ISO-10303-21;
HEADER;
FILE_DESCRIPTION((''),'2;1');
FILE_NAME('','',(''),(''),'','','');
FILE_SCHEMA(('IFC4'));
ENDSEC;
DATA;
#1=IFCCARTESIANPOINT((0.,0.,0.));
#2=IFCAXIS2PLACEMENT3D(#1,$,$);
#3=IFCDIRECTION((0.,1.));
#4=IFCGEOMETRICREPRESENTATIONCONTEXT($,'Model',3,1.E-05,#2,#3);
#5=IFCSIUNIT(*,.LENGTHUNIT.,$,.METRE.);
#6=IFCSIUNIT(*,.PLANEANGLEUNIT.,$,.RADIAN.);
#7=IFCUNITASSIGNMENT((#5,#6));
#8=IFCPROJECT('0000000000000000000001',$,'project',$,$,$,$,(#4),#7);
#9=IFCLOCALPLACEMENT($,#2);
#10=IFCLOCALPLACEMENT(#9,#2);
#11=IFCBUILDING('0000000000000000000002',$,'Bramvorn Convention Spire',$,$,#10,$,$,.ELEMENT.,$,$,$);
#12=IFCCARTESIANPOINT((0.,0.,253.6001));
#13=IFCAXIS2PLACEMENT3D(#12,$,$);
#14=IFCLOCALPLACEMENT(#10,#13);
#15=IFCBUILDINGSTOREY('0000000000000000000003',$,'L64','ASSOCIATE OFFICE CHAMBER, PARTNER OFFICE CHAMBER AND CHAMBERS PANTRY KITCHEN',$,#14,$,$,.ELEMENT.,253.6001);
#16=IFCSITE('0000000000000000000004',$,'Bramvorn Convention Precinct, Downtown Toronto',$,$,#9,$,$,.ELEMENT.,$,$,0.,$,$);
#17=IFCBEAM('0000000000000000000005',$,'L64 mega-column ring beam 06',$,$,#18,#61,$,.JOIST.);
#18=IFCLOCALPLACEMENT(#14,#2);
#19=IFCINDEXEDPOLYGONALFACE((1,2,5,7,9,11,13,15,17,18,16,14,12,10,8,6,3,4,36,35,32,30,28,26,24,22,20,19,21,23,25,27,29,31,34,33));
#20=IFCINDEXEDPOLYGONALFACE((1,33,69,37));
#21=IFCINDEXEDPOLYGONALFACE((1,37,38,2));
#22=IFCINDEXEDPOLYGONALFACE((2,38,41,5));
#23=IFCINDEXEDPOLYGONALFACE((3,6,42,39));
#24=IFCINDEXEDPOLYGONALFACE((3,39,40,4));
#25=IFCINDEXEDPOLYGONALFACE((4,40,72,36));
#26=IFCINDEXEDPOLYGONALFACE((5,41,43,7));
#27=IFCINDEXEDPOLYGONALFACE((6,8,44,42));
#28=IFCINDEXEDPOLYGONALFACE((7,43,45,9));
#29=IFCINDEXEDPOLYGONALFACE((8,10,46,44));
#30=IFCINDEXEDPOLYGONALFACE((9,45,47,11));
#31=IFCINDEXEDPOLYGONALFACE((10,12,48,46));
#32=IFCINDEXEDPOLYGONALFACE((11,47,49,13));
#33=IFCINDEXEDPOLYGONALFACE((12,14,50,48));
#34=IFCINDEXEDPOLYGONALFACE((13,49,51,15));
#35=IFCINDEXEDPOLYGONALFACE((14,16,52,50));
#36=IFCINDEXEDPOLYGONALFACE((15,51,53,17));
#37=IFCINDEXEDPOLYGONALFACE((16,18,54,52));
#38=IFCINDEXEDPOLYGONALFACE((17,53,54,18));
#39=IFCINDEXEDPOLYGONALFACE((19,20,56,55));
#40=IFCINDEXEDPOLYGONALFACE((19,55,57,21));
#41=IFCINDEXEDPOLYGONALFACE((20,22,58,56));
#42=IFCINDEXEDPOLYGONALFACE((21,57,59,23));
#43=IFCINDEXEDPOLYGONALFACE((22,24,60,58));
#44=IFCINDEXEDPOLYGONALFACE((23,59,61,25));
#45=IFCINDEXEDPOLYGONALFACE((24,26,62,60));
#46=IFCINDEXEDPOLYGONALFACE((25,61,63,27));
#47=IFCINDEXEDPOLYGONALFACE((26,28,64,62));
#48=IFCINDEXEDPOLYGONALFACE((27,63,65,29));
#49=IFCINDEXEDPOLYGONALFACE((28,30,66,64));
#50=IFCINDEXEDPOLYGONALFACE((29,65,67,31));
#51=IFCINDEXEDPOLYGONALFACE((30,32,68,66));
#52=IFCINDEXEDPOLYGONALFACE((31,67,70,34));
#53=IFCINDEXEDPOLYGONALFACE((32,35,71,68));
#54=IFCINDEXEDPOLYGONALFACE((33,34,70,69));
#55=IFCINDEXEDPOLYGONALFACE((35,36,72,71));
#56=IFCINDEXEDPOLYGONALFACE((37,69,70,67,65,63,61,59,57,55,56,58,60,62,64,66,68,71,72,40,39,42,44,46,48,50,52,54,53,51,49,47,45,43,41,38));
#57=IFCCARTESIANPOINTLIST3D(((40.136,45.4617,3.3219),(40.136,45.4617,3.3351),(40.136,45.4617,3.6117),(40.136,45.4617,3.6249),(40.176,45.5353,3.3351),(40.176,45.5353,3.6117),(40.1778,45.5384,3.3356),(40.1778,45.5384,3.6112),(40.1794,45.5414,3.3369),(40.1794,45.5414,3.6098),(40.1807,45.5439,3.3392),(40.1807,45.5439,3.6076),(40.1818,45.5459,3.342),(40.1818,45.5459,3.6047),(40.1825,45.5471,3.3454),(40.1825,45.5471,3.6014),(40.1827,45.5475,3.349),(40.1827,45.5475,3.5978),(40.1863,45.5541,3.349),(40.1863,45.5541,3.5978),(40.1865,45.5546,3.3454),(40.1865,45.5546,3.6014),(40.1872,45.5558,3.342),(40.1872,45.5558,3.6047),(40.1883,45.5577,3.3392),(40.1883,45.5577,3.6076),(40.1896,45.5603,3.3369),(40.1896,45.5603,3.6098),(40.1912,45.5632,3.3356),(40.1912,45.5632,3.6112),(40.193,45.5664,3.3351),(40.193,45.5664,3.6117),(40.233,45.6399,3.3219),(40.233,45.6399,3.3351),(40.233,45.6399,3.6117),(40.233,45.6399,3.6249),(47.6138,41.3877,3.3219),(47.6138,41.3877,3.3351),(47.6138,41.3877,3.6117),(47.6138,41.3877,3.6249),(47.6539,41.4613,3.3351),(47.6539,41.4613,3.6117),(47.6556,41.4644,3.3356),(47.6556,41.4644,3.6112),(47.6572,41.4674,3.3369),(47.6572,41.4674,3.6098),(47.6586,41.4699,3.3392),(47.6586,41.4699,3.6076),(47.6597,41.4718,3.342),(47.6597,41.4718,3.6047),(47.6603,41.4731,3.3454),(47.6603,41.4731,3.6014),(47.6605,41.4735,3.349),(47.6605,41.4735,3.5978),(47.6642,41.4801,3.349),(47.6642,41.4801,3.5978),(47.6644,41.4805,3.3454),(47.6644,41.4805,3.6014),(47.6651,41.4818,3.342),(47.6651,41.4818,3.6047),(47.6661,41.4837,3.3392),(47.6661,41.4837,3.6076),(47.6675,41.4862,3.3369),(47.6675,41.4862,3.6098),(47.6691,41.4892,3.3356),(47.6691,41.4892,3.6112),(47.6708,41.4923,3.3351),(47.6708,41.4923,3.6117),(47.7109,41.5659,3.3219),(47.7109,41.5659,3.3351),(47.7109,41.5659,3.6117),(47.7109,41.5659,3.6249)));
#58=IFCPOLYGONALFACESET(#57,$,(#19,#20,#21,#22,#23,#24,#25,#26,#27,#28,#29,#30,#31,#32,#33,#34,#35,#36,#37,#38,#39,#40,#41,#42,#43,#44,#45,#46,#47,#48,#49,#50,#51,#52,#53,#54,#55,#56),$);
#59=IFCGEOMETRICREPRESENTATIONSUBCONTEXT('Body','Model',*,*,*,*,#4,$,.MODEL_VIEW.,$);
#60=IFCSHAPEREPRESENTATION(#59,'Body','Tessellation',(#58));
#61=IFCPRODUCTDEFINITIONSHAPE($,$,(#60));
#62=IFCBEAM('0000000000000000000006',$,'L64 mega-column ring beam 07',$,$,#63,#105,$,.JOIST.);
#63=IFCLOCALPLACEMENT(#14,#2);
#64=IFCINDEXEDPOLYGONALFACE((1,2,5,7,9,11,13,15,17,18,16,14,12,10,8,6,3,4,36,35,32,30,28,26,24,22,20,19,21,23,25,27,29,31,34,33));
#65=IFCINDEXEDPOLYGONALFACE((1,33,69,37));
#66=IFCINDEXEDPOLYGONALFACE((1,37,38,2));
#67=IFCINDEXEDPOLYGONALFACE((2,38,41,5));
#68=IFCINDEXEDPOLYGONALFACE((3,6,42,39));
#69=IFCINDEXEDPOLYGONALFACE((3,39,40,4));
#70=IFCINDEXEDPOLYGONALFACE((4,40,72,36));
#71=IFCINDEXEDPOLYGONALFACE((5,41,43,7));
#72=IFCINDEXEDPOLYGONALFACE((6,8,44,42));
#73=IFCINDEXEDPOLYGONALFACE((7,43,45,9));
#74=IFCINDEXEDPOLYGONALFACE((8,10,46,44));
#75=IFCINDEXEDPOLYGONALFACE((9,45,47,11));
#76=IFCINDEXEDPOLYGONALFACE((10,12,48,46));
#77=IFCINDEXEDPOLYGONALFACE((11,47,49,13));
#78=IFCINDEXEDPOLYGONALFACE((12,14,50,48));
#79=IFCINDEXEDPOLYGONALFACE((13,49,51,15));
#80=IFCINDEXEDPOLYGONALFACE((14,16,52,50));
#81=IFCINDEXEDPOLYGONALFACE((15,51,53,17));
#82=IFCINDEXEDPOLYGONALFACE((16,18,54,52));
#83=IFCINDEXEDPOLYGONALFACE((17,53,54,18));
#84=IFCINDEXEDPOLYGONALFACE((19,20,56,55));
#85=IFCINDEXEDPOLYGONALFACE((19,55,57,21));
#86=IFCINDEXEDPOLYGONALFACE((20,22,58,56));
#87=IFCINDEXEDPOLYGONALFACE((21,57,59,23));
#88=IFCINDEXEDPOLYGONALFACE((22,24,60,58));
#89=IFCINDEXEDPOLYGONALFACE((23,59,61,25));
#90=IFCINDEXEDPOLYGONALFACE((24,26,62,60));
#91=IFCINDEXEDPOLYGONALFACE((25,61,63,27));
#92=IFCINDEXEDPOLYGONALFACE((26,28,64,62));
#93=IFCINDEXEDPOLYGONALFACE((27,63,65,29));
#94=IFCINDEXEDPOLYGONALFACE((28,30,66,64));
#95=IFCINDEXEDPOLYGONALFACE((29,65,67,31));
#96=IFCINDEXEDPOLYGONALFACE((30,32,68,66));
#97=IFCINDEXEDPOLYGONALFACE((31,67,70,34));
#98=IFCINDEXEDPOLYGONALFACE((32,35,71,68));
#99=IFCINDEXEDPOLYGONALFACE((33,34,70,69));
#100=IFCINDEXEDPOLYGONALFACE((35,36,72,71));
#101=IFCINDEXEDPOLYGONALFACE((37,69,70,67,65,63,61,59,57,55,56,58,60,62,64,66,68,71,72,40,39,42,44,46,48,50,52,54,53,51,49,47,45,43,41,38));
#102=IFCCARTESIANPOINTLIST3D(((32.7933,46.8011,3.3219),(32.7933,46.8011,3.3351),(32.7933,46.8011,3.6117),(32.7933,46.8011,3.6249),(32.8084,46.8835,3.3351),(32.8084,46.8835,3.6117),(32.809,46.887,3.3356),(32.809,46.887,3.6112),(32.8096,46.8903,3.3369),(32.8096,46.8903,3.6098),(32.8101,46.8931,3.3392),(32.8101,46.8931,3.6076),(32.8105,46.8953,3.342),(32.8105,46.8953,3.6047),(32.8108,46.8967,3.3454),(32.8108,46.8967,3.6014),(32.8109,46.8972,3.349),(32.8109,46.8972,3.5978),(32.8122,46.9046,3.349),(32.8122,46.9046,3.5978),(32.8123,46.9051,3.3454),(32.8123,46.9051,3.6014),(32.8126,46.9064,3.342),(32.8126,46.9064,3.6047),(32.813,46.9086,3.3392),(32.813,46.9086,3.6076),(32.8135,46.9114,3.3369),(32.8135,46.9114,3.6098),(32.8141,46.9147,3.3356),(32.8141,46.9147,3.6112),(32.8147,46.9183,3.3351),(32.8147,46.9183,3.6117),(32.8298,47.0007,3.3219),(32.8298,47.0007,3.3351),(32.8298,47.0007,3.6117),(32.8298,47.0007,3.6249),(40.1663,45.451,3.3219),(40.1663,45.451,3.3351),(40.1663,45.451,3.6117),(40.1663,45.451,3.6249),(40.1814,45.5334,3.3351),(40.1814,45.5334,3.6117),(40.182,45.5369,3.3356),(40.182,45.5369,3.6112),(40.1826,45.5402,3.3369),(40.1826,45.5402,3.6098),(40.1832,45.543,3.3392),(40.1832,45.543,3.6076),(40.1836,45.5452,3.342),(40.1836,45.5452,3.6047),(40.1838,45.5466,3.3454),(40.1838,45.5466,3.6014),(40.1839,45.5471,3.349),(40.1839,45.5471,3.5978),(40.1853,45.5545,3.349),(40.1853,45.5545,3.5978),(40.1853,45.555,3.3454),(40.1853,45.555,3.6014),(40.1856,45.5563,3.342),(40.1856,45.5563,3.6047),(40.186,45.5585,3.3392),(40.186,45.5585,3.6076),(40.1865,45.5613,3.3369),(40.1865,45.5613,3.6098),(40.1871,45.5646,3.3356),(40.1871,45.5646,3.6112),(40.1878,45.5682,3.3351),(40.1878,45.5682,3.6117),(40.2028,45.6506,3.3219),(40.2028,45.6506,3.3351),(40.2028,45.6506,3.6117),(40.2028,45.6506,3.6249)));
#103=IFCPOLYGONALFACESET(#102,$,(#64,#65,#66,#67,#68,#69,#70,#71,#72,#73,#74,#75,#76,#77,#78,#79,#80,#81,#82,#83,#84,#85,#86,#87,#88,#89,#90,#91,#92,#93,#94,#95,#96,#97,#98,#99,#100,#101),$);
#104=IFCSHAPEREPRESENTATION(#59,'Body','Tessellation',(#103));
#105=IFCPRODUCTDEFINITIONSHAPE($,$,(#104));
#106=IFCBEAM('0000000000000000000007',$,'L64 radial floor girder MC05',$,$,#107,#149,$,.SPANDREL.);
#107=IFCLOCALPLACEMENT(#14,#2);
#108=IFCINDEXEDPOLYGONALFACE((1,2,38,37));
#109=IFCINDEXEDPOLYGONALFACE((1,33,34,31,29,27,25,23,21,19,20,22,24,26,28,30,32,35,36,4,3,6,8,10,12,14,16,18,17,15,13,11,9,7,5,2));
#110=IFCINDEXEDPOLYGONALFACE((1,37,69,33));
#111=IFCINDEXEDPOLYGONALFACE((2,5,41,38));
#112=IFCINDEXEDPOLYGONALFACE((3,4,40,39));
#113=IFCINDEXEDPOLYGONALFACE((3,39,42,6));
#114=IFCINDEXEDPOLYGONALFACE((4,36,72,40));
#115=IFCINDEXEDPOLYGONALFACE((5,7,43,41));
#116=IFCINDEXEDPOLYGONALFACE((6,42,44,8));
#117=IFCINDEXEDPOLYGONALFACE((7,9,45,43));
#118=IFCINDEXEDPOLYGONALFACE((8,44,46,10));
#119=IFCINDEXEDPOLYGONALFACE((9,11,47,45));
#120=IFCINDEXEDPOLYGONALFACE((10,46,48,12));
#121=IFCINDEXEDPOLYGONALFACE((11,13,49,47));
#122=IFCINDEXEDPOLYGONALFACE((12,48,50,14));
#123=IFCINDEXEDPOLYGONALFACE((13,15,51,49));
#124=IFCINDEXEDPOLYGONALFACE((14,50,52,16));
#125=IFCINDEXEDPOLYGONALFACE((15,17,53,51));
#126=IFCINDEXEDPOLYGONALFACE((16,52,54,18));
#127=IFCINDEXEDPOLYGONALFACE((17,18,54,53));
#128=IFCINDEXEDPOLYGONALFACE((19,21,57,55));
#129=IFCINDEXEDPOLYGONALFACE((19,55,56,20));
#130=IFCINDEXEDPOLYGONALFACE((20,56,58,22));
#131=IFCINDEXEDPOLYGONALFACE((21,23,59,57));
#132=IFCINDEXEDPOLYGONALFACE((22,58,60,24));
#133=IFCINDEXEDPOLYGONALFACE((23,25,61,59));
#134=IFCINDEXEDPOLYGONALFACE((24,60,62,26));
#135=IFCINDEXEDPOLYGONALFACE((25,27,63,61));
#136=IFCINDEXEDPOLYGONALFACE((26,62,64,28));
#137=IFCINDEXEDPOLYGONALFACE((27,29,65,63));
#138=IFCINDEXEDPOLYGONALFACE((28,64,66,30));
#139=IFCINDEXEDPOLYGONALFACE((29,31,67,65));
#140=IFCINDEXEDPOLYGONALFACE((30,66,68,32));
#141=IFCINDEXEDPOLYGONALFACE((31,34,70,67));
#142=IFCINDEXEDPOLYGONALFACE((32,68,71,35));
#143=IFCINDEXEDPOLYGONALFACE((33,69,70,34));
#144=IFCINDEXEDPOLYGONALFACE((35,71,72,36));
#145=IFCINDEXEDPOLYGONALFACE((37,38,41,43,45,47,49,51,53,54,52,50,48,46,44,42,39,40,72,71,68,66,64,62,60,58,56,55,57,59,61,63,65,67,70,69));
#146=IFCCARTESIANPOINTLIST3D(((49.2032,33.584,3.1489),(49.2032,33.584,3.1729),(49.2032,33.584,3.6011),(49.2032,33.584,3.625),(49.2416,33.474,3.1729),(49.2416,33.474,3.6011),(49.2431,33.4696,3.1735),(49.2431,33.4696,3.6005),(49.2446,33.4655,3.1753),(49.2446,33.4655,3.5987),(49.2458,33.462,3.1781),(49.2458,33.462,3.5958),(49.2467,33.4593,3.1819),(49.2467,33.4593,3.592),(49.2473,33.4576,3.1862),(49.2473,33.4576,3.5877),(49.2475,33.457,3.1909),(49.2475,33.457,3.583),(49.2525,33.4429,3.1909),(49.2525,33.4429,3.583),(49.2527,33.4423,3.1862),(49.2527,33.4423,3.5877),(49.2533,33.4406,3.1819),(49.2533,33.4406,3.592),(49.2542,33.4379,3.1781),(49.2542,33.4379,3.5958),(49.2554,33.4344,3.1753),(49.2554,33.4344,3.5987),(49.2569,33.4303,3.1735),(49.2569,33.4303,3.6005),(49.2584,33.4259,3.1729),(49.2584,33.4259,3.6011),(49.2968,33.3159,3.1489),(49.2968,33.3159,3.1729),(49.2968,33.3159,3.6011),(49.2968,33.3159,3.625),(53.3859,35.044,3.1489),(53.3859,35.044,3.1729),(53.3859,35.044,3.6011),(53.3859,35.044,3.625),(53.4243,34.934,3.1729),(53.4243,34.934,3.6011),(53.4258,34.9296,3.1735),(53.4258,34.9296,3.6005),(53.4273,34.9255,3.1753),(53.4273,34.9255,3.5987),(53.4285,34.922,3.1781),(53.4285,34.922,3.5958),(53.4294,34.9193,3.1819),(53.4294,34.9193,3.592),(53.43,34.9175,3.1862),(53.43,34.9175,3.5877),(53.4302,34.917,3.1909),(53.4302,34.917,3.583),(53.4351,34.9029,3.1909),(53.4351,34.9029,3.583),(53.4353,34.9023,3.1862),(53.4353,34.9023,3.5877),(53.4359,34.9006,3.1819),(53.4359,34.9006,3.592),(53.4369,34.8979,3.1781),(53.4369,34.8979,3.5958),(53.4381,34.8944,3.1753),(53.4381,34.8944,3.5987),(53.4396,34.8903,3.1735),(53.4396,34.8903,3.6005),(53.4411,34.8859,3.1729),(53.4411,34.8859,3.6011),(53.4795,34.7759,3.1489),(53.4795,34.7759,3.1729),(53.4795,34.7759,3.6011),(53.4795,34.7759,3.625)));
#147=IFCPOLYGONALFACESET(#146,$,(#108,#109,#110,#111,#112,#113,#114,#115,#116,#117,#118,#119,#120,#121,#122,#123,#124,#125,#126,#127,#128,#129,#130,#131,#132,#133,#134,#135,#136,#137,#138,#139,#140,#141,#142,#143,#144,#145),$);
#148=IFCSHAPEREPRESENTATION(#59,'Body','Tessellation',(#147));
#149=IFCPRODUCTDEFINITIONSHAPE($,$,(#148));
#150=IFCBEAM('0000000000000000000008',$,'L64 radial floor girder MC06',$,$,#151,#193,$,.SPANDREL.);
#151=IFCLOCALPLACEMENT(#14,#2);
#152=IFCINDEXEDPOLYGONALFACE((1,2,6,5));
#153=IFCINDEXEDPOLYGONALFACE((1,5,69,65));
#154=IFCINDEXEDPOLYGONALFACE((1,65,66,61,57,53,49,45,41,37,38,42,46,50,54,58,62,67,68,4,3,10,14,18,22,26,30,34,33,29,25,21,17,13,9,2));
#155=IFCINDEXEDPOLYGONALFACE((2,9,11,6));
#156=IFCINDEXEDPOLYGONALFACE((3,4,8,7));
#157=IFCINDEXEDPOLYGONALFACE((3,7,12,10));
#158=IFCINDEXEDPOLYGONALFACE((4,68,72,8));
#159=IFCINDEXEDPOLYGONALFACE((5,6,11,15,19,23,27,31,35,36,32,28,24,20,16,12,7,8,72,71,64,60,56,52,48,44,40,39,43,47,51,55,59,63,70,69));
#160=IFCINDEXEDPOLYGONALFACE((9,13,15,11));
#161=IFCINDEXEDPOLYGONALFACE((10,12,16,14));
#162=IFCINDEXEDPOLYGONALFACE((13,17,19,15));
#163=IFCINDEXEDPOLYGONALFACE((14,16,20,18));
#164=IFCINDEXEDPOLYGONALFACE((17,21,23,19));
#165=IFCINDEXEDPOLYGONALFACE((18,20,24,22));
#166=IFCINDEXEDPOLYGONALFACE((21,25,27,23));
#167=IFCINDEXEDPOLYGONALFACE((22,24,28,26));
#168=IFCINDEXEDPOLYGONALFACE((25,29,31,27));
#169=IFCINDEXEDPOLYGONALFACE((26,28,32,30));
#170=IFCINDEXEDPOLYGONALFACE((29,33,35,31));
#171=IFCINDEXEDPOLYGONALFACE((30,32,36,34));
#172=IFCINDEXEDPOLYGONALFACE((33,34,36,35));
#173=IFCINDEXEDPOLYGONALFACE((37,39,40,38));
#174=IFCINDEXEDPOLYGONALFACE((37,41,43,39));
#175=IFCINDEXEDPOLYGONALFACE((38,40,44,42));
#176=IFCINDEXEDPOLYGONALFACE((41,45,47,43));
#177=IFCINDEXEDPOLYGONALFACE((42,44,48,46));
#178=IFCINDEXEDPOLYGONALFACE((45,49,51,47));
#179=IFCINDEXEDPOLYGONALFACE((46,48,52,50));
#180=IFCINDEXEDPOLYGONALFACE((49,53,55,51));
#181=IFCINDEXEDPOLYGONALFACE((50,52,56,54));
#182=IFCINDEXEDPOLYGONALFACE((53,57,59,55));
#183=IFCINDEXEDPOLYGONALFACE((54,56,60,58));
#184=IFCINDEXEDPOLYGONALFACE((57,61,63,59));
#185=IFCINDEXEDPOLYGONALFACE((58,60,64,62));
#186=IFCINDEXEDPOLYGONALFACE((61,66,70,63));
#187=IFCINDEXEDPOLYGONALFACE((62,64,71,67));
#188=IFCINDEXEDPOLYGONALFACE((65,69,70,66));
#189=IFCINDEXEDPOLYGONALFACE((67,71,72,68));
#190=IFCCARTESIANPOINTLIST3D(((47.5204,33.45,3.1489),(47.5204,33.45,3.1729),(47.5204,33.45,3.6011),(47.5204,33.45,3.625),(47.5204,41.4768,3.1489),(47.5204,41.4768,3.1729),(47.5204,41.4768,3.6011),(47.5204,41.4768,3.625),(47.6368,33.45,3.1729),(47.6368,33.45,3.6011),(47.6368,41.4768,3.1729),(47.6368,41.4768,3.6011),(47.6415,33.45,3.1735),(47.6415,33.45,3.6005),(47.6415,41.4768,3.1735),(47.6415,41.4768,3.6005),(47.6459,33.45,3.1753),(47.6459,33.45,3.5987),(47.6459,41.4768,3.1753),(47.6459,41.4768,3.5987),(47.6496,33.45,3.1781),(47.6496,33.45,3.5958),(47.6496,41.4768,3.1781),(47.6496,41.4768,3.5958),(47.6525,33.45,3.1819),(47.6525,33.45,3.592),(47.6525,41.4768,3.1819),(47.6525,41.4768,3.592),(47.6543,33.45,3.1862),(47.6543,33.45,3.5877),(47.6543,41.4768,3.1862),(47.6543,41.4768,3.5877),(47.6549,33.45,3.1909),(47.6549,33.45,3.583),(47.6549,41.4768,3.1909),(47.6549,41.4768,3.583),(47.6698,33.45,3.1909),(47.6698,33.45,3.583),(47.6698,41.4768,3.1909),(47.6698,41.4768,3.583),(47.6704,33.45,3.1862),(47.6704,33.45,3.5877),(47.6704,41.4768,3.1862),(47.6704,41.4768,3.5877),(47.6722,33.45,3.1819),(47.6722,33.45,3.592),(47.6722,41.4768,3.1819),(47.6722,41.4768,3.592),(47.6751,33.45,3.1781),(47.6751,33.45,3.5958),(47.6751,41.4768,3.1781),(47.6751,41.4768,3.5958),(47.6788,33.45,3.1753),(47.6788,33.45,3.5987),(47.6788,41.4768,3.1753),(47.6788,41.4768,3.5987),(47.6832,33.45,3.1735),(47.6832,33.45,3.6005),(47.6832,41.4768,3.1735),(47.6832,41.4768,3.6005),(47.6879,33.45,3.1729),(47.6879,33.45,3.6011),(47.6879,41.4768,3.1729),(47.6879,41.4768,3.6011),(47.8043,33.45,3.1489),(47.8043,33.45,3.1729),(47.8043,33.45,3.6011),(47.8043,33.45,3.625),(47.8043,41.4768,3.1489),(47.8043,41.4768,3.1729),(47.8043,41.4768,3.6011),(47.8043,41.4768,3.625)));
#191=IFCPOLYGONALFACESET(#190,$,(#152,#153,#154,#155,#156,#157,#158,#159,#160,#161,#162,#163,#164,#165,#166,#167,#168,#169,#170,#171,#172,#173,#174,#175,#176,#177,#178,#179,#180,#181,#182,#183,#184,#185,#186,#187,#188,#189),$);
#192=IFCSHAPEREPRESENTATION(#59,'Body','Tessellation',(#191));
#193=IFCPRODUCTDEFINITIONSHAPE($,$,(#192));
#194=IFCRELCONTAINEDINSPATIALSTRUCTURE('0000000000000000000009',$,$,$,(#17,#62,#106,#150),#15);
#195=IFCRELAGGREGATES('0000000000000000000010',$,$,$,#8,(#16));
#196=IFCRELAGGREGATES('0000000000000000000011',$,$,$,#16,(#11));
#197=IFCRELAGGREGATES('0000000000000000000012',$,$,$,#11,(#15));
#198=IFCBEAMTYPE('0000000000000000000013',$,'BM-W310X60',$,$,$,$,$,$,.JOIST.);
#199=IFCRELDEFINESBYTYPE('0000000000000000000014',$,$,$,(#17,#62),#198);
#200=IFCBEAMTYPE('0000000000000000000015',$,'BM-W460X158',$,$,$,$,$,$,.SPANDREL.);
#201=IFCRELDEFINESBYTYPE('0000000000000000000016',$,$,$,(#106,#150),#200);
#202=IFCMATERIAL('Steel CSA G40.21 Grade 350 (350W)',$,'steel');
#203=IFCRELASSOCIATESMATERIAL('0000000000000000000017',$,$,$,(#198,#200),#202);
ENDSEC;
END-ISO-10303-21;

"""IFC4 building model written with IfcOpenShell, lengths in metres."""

from ifc_helpers import new_model, si_unit, direction, frame, origin, origin_2d, place, context, subcontext, project, spatial, i_section, extrude, material, material_profile, profile_set, type_object, element, save


model = new_model("IFC4")

# Units and contexts
model_context = context("Model", 3, precision=1e-05, world=origin(), true_north=direction((0.0, 1.0)))
body_context = subcontext(model_context, "Body", "Model", "MODEL_VIEW")
ifc_project = project(units=[si_unit("LENGTHUNIT", "METRE"), si_unit("PLANEANGLEUNIT", "RADIAN")], contexts=[model_context])

# Site, building, storey
site_placement = place(None, origin())
site = spatial("IfcSite", under=ifc_project, at=site_placement, Name="Bramvorn Convention Precinct, Downtown Toronto", CompositionType="ELEMENT", RefElevation=0.0)
building_placement = place(site_placement, origin())
building = spatial("IfcBuilding", under=site, at=building_placement, Name="Bramvorn Convention Spire", CompositionType="ELEMENT")
storey_placement = place(building_placement, frame((0.0, 0.0, 253.6001)))
storey = spatial("IfcBuildingStorey", under=building, at=storey_placement, Name="L64", Description="ASSOCIATE OFFICE CHAMBER, PARTNER OFFICE CHAMBER AND CHAMBERS PANTRY KITCHEN", CompositionType="ELEMENT", Elevation=253.6001)

# Shared definitions
ifc_material_1 = material(Name="Steel CSA G40.21 Grade 350 (350W)", Category="steel")

# Beams
ifc_material_profile_1 = material_profile(ifc_material_1, i_section(OverallWidth=0.2029, OverallDepth=0.303, WebThickness=0.0076, FlangeThickness=0.0132, FilletRadius=0.0139, at=origin_2d()))
ifc_profile_set_1 = profile_set([ifc_material_profile_1], Name="Steel CSA G40.21 Grade 350 (350W) - W310X60")
beam_type_1 = type_object("IfcBeamType", Name="BM-W310X60", PredefinedType="JOIST", material=ifc_profile_set_1)
beam_1_placement = place(storey_placement, frame((47.6624, 41.4768, 3.4734), z_axis=(-0.878133, 0.478416, 0.0), x_axis=(-0.478416, -0.878133, 0.0)))
element("IfcBeam", 1, at=beam_1_placement, inside=storey, type_object=beam_type_1, Name="L64 mega-column ring beam 06", PredefinedType="JOIST", context=body_context, shape_type="SweptSolid", body=[
    extrude(i_section(OverallWidth=0.2029, OverallDepth=0.303, WebThickness=0.0076, FlangeThickness=0.0132, FilletRadius=0.0139, at=origin_2d()), origin(), (0.0, 0.0, 1.0), 8.5156),
])
beam_2_placement = place(storey_placement, frame((40.1846, 45.5508, 3.4734), z_axis=(-0.983645, 0.180118, 0.0), x_axis=(-0.180118, -0.983645, 0.0)))
element("IfcBeam", 2, at=beam_2_placement, inside=storey, type_object=beam_type_1, Name="L64 mega-column ring beam 07", PredefinedType="JOIST", context=body_context, shape_type="SweptSolid", body=[
    extrude(i_section(OverallWidth=0.2029, OverallDepth=0.303, WebThickness=0.0076, FlangeThickness=0.0132, FilletRadius=0.0139, at=origin_2d()), origin(), (0.0, 0.0, 1.0), 7.4956),
])
ifc_material_profile_2 = material_profile(ifc_material_1, i_section(OverallWidth=0.2839, OverallDepth=0.4761, WebThickness=0.0149, FlangeThickness=0.0239, FilletRadius=0.0181, at=origin_2d()))
ifc_profile_set_2 = profile_set([ifc_material_profile_2], Name="Steel CSA G40.21 Grade 350 (350W) - W460X158")
beam_type_2 = type_object("IfcBeamType", Name="BM-W460X158", PredefinedType="SPANDREL", material=ifc_profile_set_2)
beam_3_placement = place(storey_placement, frame((49.25, 33.45, 3.387), z_axis=(0.944136, 0.329555, 0.0), x_axis=(-0.329555, 0.944136, 0.0)))
element("IfcBeam", 3, at=beam_3_placement, inside=storey, type_object=beam_type_2, Name="L64 radial floor girder MC05", PredefinedType="SPANDREL", context=body_context, shape_type="SweptSolid", body=[
    extrude(i_section(OverallWidth=0.2839, OverallDepth=0.4761, WebThickness=0.0149, FlangeThickness=0.0239, FilletRadius=0.0181, at=origin_2d()), origin(), (0.0, 0.0, 1.0), 4.4302),
])
beam_4_placement = place(storey_placement, frame((47.6624, 33.45, 3.387), z_axis=(0.0, 1.0, 0.0), x_axis=(-1.0, 0.0, 0.0)))
element("IfcBeam", 4, at=beam_4_placement, inside=storey, type_object=beam_type_2, Name="L64 radial floor girder MC06", PredefinedType="SPANDREL", context=body_context, shape_type="SweptSolid", body=[
    extrude(i_section(OverallWidth=0.2839, OverallDepth=0.4761, WebThickness=0.0149, FlangeThickness=0.0239, FilletRadius=0.0181, at=origin_2d()), origin(), (0.0, 0.0, 1.0), 8.0269),
])

save(model, "model.ifc")
